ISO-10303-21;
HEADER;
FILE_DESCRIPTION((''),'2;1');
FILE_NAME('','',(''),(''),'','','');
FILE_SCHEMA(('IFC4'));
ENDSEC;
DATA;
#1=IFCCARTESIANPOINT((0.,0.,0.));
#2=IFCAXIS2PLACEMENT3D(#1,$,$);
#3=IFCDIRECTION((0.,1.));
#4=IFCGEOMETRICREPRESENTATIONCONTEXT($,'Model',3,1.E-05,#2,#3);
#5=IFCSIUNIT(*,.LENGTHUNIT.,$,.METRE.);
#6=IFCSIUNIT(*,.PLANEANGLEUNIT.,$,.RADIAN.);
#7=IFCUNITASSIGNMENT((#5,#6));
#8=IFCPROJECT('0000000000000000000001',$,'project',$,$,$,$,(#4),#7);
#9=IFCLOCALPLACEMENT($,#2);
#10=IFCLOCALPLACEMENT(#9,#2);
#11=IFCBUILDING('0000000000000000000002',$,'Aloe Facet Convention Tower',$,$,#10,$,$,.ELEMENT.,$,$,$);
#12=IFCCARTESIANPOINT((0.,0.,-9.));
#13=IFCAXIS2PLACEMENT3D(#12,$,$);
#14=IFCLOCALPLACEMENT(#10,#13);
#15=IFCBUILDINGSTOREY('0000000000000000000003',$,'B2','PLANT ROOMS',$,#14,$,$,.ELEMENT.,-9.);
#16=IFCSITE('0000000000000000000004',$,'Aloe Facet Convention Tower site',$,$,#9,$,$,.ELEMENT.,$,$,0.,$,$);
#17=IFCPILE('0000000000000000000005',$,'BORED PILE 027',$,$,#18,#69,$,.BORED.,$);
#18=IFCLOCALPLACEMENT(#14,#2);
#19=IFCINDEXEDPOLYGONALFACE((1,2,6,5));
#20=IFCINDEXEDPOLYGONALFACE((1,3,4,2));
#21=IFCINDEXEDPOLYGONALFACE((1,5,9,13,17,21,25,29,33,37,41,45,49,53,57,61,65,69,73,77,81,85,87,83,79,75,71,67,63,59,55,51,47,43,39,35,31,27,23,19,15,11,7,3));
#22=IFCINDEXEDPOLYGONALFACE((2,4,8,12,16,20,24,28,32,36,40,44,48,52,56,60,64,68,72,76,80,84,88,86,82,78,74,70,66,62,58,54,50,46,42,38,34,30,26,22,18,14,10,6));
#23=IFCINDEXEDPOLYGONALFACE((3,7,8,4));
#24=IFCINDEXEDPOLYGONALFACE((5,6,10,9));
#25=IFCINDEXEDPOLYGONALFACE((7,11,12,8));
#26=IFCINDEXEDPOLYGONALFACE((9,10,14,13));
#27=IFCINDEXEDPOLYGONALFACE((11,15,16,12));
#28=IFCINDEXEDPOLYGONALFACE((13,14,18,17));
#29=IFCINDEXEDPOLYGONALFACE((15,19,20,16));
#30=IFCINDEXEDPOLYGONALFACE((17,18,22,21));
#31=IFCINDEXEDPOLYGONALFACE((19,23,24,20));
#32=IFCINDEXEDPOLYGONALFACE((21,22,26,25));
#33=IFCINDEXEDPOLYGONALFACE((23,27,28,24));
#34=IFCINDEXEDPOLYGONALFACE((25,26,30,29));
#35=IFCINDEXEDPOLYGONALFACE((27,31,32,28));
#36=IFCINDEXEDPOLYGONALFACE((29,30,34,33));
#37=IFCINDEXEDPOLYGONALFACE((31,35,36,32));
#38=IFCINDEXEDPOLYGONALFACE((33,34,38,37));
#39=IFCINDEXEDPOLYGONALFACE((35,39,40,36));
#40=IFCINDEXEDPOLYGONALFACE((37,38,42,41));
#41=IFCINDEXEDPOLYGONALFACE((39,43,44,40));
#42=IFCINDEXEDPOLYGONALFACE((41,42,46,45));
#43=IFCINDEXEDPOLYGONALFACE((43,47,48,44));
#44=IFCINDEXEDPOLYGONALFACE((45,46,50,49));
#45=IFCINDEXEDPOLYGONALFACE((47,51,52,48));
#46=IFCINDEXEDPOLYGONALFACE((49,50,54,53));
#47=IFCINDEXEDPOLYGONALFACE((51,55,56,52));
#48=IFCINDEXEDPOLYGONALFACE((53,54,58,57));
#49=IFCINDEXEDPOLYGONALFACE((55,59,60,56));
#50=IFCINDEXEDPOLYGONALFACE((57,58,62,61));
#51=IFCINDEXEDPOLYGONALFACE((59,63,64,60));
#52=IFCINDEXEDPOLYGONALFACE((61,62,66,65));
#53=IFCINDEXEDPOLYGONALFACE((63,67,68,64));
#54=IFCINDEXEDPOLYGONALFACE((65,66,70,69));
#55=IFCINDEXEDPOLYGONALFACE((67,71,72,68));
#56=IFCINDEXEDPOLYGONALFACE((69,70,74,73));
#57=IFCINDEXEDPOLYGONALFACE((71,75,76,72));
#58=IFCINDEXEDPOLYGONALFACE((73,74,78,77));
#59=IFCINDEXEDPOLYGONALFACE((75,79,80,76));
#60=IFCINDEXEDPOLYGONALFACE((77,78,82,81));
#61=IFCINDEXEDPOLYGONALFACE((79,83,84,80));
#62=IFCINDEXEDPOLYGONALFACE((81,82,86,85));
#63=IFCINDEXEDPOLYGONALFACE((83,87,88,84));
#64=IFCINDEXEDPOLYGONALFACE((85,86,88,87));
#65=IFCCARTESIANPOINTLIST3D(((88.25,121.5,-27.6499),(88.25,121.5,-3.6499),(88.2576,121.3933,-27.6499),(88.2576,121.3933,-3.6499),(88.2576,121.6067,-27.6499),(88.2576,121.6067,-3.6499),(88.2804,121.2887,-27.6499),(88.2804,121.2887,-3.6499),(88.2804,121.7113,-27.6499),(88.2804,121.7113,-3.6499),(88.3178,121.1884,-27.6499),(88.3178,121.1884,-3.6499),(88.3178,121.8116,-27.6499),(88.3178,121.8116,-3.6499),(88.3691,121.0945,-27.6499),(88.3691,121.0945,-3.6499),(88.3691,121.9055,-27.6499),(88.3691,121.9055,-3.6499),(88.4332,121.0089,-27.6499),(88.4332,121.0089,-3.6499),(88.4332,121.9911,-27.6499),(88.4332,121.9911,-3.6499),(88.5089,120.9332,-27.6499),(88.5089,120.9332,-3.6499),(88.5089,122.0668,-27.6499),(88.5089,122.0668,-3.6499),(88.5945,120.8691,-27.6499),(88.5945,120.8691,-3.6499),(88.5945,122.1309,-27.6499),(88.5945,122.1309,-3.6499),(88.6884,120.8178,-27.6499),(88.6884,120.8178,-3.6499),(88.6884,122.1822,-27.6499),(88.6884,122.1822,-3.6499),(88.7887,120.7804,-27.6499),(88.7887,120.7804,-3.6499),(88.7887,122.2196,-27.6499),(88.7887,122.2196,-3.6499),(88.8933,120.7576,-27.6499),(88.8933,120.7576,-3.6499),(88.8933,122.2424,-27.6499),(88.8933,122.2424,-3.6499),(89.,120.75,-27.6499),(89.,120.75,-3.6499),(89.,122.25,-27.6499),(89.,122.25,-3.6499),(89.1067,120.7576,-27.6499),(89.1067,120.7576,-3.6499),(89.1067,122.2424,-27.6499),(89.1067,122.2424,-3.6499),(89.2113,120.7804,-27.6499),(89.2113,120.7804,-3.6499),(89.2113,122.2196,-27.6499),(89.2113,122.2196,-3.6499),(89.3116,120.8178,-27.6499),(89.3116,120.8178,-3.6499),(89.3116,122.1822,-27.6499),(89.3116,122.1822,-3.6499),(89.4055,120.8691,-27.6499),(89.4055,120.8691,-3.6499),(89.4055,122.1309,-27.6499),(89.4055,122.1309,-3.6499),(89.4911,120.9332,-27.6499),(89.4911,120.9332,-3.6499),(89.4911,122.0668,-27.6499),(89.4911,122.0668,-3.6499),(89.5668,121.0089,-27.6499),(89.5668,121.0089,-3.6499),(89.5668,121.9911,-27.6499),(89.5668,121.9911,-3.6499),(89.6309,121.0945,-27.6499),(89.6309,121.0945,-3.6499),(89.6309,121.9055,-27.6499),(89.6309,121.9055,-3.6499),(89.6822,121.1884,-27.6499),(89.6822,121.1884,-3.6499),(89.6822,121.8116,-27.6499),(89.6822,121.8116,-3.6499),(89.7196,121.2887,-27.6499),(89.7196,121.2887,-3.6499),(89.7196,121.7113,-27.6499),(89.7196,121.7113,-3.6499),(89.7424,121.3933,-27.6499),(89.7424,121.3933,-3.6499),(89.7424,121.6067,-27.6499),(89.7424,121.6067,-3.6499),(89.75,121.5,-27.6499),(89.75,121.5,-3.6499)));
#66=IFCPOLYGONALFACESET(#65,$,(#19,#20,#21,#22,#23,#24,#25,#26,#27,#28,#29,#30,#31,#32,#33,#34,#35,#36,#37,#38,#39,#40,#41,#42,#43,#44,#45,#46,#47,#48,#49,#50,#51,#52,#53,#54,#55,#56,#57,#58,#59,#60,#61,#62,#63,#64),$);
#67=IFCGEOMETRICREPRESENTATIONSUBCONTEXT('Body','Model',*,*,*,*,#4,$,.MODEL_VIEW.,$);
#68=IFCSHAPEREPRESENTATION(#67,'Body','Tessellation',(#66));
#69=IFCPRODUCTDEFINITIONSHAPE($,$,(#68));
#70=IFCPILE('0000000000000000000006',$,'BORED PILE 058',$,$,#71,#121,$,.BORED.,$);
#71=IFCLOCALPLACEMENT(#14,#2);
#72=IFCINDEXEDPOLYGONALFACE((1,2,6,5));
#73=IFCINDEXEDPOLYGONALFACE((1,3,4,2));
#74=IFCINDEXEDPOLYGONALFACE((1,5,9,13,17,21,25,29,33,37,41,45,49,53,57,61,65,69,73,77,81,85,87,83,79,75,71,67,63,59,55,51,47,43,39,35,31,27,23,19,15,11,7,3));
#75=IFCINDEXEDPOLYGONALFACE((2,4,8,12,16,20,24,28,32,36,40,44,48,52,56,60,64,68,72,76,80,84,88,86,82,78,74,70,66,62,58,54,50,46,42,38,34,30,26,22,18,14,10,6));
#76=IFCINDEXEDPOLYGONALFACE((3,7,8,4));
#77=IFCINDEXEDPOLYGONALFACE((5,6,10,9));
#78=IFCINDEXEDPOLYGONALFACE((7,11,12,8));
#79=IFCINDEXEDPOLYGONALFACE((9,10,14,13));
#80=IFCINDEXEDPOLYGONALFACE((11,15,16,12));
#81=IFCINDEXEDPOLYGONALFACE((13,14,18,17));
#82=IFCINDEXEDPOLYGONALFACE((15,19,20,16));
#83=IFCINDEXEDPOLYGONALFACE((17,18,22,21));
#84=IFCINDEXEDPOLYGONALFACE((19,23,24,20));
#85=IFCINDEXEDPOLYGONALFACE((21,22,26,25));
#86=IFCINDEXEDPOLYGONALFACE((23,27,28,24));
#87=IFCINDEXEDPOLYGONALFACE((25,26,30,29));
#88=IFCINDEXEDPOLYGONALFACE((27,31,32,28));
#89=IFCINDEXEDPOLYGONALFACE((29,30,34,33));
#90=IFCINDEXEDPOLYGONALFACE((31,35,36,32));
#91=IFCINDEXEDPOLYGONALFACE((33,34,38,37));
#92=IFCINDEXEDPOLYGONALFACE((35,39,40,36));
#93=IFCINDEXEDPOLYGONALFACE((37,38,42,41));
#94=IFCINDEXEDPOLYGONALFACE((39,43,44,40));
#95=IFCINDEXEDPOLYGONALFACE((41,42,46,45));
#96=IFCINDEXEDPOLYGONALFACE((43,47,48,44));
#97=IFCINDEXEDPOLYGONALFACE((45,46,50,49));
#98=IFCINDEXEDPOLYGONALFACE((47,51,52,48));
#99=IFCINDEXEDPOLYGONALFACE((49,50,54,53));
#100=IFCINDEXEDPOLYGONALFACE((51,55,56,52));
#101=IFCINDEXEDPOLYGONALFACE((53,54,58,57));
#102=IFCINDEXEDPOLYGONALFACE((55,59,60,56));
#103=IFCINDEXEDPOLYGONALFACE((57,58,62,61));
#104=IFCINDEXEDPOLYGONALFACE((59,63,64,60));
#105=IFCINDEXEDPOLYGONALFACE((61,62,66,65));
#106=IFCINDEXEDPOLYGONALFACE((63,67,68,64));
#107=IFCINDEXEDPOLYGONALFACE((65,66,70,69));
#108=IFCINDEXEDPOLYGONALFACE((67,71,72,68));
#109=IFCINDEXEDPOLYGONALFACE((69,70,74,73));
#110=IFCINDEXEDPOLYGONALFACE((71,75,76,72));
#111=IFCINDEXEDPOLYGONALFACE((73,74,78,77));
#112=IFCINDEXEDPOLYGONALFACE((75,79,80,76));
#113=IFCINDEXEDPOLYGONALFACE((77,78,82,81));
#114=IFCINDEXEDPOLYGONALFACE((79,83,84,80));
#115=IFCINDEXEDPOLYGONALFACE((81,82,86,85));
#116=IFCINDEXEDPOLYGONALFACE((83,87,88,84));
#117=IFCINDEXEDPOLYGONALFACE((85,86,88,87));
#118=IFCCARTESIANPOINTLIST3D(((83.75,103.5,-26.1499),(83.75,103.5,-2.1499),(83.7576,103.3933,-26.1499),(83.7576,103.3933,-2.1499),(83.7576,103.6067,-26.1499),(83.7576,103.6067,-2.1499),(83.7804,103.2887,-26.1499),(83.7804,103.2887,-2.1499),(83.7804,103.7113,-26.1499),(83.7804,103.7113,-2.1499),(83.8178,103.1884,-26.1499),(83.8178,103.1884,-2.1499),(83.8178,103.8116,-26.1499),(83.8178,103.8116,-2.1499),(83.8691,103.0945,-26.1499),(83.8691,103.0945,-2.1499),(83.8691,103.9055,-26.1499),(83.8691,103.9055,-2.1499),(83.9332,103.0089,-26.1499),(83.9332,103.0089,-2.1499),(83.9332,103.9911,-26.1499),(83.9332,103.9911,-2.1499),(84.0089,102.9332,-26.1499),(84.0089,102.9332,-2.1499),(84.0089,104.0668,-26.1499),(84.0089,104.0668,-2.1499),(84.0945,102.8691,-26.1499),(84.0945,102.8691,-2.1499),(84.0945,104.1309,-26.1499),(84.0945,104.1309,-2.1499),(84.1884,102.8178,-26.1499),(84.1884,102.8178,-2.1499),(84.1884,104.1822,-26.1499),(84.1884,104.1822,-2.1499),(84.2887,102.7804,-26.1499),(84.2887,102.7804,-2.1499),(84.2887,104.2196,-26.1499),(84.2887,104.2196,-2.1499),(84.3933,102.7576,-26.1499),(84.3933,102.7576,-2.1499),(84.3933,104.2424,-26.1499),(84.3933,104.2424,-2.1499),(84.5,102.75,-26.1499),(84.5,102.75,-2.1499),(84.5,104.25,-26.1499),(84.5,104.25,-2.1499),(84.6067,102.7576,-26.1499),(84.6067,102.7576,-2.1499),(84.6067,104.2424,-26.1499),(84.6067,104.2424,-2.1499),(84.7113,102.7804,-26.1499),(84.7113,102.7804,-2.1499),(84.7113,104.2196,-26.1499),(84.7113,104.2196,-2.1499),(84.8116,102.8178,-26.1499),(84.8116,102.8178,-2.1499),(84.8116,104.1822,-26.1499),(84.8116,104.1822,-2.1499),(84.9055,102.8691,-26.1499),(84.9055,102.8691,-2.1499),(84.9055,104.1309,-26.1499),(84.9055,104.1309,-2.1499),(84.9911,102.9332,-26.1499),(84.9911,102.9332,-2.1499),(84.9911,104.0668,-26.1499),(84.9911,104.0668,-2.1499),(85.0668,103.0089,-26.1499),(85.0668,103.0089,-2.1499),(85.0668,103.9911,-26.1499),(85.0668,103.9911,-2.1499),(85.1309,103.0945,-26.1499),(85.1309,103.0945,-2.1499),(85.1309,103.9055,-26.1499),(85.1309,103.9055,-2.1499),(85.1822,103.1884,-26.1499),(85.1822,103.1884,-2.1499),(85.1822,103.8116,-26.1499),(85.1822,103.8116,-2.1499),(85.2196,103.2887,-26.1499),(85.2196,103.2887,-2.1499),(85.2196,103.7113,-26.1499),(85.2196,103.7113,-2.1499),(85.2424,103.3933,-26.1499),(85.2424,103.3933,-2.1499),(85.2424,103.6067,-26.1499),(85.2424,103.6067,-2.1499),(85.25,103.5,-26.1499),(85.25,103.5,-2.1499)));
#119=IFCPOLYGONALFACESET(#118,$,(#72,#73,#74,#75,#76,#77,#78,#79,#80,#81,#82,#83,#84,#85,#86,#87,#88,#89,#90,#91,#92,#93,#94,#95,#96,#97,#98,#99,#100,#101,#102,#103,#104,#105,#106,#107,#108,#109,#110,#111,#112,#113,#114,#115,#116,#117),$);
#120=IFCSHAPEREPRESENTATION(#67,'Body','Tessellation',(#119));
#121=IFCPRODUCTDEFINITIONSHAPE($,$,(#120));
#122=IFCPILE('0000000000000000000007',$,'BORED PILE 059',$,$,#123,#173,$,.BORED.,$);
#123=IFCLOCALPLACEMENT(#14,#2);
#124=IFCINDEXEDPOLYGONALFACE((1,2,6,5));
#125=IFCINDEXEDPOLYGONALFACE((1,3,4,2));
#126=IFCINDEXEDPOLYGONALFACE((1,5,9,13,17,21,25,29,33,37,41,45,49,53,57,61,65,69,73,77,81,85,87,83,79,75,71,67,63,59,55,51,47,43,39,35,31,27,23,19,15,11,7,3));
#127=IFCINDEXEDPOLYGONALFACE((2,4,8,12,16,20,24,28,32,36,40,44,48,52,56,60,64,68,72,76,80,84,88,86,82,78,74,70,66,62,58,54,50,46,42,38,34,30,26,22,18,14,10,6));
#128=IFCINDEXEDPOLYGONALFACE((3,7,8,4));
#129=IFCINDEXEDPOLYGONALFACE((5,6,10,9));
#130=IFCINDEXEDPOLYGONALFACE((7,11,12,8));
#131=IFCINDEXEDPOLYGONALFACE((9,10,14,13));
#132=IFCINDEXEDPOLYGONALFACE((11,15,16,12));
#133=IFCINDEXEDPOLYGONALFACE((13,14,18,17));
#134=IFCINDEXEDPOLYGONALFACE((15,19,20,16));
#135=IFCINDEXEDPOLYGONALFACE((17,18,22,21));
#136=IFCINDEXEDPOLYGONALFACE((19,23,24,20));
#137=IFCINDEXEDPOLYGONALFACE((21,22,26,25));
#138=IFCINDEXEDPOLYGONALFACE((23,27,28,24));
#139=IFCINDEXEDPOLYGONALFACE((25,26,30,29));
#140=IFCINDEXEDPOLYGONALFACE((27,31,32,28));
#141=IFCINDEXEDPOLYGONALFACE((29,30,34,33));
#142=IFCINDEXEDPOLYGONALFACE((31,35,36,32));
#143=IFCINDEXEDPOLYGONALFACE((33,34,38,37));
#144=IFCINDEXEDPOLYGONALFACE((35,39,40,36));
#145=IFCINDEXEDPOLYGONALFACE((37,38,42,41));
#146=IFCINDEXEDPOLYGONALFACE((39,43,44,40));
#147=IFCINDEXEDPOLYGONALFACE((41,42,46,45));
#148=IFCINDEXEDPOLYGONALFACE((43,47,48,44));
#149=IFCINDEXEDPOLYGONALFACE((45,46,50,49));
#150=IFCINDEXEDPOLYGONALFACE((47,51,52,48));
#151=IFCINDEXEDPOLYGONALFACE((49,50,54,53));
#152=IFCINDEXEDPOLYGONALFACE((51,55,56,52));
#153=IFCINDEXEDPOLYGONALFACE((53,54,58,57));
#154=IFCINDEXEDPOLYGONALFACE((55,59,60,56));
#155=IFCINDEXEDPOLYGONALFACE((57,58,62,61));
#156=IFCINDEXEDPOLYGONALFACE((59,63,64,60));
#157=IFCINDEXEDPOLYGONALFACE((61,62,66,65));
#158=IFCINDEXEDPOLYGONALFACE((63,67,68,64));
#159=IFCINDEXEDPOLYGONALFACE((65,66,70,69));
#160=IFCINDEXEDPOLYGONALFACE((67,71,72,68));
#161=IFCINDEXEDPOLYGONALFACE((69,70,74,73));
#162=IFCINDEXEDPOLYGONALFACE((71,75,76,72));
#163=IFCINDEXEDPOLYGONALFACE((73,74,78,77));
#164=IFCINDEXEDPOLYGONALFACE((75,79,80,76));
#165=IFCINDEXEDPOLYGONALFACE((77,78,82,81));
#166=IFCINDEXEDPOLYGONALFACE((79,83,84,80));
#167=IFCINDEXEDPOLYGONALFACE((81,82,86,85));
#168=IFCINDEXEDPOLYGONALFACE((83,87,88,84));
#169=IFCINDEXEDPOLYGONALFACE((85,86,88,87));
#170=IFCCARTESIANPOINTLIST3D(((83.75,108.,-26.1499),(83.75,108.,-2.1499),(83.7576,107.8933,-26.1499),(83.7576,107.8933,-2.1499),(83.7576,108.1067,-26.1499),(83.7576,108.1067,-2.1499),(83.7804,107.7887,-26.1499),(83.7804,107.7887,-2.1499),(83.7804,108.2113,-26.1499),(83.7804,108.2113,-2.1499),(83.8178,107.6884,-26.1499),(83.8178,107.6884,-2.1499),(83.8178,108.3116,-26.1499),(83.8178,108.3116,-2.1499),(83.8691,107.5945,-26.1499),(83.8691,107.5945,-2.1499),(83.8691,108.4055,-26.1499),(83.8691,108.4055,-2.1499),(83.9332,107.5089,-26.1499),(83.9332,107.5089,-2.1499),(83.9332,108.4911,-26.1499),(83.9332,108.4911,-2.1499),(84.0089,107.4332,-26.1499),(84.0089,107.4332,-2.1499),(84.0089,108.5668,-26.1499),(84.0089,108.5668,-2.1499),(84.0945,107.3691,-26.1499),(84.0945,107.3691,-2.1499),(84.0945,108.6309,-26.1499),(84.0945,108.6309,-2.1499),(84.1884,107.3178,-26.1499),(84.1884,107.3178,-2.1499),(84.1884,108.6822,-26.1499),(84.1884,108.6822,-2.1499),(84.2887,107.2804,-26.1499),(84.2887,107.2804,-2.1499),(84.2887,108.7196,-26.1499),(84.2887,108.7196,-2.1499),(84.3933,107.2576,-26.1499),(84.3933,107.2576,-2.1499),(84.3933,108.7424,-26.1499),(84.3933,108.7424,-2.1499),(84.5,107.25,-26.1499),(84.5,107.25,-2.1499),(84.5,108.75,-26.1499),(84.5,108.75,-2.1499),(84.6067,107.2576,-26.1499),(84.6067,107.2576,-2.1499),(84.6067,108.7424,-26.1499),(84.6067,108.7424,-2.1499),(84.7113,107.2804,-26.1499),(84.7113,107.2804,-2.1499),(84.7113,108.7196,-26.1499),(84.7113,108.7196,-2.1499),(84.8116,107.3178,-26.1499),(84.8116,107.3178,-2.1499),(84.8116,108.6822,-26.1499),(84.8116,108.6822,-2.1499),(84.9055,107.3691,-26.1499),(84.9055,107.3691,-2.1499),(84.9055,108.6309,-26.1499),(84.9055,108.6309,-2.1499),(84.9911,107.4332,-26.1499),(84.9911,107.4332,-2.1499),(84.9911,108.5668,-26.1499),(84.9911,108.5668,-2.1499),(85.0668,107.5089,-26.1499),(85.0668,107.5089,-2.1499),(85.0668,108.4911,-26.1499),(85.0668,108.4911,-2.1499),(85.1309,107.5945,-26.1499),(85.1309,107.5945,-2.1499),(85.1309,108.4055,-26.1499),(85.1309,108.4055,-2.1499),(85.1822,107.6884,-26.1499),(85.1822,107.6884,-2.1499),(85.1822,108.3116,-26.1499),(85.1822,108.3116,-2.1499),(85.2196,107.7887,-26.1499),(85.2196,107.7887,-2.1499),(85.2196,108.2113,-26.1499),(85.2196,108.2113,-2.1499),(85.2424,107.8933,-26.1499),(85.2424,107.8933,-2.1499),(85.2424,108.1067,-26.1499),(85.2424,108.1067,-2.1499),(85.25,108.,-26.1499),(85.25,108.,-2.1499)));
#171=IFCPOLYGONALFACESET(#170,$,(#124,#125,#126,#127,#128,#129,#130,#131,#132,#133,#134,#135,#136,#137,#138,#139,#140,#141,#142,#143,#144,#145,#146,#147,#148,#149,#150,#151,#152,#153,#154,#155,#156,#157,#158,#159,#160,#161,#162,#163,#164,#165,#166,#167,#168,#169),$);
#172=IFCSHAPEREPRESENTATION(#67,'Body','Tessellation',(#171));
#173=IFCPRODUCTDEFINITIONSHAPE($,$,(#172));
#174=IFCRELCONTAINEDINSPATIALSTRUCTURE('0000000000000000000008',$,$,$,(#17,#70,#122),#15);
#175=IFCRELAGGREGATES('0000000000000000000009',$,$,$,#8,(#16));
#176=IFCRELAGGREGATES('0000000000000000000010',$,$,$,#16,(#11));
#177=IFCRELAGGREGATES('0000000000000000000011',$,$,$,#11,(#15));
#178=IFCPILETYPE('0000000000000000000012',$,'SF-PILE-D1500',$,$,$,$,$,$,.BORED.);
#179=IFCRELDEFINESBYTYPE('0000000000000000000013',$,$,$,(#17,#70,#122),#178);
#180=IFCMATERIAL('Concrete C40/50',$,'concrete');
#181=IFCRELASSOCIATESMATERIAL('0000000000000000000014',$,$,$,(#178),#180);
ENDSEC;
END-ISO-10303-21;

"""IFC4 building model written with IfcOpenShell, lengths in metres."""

from ifc_helpers import new_model, si_unit, direction, frame, origin, origin_2d, place, context, subcontext, project, spatial, circle, extrude, material, material_profile, profile_set, type_object, element, save


model = new_model("IFC4")

# Units and contexts
model_context = context("Model", 3, precision=1e-05, world=origin(), true_north=direction((0.0, 1.0)))
body_context = subcontext(model_context, "Body", "Model", "MODEL_VIEW")
ifc_project = project(units=[si_unit("LENGTHUNIT", "METRE"), si_unit("PLANEANGLEUNIT", "RADIAN")], contexts=[model_context])

# Site, building, storey
site_placement = place(None, origin())
site = spatial("IfcSite", under=ifc_project, at=site_placement, Name="Aloe Facet Convention Tower site", CompositionType="ELEMENT", RefElevation=0.0)
building_placement = place(site_placement, origin())
building = spatial("IfcBuilding", under=site, at=building_placement, Name="Aloe Facet Convention Tower", CompositionType="ELEMENT")
storey_placement = place(building_placement, frame((0.0, 0.0, -9.0)))
storey = spatial("IfcBuildingStorey", under=building, at=storey_placement, Name="B2", Description="PLANT ROOMS", CompositionType="ELEMENT", Elevation=-9.0)

# Piles
ifc_material_1 = material(Name="Concrete C40/50", Category="concrete")
ifc_material_profile_1 = material_profile(ifc_material_1, circle(Radius=0.75, at=origin_2d()), Name="D1500")
ifc_profile_set_1 = profile_set([ifc_material_profile_1], Name="Concrete C40/50")
pile_type = type_object("IfcPileType", Name="SF-PILE-D1500", PredefinedType="BORED", material=ifc_profile_set_1)
for number, where, z_axis, x_axis, name in (
    (1, (89.0, 121.5, -3.6499), (0.0, 0.0, -1.0), (1.0, 0.0, 0.0), "BORED PILE 027"),
    (2, (84.5, 103.5, -2.1499), (0.0, 0.0, -1.0), (1.0, 0.0, 0.0), "BORED PILE 058"),
    (3, (84.5, 108.0, -2.1499), (0.0, 0.0, -1.0), (1.0, 0.0, 0.0), "BORED PILE 059"),
):
    element("IfcPile", number, at=place(storey_placement, frame(where, z_axis=z_axis, x_axis=x_axis)), inside=storey, type_object=pile_type, Name=name, PredefinedType="BORED", context=body_context, shape_type="SweptSolid", body=[
        extrude(circle(Radius=0.75, at=origin_2d()), origin(), (0.0, 0.0, 1.0), 24.0),
    ])

save(model, "model.ifc")
